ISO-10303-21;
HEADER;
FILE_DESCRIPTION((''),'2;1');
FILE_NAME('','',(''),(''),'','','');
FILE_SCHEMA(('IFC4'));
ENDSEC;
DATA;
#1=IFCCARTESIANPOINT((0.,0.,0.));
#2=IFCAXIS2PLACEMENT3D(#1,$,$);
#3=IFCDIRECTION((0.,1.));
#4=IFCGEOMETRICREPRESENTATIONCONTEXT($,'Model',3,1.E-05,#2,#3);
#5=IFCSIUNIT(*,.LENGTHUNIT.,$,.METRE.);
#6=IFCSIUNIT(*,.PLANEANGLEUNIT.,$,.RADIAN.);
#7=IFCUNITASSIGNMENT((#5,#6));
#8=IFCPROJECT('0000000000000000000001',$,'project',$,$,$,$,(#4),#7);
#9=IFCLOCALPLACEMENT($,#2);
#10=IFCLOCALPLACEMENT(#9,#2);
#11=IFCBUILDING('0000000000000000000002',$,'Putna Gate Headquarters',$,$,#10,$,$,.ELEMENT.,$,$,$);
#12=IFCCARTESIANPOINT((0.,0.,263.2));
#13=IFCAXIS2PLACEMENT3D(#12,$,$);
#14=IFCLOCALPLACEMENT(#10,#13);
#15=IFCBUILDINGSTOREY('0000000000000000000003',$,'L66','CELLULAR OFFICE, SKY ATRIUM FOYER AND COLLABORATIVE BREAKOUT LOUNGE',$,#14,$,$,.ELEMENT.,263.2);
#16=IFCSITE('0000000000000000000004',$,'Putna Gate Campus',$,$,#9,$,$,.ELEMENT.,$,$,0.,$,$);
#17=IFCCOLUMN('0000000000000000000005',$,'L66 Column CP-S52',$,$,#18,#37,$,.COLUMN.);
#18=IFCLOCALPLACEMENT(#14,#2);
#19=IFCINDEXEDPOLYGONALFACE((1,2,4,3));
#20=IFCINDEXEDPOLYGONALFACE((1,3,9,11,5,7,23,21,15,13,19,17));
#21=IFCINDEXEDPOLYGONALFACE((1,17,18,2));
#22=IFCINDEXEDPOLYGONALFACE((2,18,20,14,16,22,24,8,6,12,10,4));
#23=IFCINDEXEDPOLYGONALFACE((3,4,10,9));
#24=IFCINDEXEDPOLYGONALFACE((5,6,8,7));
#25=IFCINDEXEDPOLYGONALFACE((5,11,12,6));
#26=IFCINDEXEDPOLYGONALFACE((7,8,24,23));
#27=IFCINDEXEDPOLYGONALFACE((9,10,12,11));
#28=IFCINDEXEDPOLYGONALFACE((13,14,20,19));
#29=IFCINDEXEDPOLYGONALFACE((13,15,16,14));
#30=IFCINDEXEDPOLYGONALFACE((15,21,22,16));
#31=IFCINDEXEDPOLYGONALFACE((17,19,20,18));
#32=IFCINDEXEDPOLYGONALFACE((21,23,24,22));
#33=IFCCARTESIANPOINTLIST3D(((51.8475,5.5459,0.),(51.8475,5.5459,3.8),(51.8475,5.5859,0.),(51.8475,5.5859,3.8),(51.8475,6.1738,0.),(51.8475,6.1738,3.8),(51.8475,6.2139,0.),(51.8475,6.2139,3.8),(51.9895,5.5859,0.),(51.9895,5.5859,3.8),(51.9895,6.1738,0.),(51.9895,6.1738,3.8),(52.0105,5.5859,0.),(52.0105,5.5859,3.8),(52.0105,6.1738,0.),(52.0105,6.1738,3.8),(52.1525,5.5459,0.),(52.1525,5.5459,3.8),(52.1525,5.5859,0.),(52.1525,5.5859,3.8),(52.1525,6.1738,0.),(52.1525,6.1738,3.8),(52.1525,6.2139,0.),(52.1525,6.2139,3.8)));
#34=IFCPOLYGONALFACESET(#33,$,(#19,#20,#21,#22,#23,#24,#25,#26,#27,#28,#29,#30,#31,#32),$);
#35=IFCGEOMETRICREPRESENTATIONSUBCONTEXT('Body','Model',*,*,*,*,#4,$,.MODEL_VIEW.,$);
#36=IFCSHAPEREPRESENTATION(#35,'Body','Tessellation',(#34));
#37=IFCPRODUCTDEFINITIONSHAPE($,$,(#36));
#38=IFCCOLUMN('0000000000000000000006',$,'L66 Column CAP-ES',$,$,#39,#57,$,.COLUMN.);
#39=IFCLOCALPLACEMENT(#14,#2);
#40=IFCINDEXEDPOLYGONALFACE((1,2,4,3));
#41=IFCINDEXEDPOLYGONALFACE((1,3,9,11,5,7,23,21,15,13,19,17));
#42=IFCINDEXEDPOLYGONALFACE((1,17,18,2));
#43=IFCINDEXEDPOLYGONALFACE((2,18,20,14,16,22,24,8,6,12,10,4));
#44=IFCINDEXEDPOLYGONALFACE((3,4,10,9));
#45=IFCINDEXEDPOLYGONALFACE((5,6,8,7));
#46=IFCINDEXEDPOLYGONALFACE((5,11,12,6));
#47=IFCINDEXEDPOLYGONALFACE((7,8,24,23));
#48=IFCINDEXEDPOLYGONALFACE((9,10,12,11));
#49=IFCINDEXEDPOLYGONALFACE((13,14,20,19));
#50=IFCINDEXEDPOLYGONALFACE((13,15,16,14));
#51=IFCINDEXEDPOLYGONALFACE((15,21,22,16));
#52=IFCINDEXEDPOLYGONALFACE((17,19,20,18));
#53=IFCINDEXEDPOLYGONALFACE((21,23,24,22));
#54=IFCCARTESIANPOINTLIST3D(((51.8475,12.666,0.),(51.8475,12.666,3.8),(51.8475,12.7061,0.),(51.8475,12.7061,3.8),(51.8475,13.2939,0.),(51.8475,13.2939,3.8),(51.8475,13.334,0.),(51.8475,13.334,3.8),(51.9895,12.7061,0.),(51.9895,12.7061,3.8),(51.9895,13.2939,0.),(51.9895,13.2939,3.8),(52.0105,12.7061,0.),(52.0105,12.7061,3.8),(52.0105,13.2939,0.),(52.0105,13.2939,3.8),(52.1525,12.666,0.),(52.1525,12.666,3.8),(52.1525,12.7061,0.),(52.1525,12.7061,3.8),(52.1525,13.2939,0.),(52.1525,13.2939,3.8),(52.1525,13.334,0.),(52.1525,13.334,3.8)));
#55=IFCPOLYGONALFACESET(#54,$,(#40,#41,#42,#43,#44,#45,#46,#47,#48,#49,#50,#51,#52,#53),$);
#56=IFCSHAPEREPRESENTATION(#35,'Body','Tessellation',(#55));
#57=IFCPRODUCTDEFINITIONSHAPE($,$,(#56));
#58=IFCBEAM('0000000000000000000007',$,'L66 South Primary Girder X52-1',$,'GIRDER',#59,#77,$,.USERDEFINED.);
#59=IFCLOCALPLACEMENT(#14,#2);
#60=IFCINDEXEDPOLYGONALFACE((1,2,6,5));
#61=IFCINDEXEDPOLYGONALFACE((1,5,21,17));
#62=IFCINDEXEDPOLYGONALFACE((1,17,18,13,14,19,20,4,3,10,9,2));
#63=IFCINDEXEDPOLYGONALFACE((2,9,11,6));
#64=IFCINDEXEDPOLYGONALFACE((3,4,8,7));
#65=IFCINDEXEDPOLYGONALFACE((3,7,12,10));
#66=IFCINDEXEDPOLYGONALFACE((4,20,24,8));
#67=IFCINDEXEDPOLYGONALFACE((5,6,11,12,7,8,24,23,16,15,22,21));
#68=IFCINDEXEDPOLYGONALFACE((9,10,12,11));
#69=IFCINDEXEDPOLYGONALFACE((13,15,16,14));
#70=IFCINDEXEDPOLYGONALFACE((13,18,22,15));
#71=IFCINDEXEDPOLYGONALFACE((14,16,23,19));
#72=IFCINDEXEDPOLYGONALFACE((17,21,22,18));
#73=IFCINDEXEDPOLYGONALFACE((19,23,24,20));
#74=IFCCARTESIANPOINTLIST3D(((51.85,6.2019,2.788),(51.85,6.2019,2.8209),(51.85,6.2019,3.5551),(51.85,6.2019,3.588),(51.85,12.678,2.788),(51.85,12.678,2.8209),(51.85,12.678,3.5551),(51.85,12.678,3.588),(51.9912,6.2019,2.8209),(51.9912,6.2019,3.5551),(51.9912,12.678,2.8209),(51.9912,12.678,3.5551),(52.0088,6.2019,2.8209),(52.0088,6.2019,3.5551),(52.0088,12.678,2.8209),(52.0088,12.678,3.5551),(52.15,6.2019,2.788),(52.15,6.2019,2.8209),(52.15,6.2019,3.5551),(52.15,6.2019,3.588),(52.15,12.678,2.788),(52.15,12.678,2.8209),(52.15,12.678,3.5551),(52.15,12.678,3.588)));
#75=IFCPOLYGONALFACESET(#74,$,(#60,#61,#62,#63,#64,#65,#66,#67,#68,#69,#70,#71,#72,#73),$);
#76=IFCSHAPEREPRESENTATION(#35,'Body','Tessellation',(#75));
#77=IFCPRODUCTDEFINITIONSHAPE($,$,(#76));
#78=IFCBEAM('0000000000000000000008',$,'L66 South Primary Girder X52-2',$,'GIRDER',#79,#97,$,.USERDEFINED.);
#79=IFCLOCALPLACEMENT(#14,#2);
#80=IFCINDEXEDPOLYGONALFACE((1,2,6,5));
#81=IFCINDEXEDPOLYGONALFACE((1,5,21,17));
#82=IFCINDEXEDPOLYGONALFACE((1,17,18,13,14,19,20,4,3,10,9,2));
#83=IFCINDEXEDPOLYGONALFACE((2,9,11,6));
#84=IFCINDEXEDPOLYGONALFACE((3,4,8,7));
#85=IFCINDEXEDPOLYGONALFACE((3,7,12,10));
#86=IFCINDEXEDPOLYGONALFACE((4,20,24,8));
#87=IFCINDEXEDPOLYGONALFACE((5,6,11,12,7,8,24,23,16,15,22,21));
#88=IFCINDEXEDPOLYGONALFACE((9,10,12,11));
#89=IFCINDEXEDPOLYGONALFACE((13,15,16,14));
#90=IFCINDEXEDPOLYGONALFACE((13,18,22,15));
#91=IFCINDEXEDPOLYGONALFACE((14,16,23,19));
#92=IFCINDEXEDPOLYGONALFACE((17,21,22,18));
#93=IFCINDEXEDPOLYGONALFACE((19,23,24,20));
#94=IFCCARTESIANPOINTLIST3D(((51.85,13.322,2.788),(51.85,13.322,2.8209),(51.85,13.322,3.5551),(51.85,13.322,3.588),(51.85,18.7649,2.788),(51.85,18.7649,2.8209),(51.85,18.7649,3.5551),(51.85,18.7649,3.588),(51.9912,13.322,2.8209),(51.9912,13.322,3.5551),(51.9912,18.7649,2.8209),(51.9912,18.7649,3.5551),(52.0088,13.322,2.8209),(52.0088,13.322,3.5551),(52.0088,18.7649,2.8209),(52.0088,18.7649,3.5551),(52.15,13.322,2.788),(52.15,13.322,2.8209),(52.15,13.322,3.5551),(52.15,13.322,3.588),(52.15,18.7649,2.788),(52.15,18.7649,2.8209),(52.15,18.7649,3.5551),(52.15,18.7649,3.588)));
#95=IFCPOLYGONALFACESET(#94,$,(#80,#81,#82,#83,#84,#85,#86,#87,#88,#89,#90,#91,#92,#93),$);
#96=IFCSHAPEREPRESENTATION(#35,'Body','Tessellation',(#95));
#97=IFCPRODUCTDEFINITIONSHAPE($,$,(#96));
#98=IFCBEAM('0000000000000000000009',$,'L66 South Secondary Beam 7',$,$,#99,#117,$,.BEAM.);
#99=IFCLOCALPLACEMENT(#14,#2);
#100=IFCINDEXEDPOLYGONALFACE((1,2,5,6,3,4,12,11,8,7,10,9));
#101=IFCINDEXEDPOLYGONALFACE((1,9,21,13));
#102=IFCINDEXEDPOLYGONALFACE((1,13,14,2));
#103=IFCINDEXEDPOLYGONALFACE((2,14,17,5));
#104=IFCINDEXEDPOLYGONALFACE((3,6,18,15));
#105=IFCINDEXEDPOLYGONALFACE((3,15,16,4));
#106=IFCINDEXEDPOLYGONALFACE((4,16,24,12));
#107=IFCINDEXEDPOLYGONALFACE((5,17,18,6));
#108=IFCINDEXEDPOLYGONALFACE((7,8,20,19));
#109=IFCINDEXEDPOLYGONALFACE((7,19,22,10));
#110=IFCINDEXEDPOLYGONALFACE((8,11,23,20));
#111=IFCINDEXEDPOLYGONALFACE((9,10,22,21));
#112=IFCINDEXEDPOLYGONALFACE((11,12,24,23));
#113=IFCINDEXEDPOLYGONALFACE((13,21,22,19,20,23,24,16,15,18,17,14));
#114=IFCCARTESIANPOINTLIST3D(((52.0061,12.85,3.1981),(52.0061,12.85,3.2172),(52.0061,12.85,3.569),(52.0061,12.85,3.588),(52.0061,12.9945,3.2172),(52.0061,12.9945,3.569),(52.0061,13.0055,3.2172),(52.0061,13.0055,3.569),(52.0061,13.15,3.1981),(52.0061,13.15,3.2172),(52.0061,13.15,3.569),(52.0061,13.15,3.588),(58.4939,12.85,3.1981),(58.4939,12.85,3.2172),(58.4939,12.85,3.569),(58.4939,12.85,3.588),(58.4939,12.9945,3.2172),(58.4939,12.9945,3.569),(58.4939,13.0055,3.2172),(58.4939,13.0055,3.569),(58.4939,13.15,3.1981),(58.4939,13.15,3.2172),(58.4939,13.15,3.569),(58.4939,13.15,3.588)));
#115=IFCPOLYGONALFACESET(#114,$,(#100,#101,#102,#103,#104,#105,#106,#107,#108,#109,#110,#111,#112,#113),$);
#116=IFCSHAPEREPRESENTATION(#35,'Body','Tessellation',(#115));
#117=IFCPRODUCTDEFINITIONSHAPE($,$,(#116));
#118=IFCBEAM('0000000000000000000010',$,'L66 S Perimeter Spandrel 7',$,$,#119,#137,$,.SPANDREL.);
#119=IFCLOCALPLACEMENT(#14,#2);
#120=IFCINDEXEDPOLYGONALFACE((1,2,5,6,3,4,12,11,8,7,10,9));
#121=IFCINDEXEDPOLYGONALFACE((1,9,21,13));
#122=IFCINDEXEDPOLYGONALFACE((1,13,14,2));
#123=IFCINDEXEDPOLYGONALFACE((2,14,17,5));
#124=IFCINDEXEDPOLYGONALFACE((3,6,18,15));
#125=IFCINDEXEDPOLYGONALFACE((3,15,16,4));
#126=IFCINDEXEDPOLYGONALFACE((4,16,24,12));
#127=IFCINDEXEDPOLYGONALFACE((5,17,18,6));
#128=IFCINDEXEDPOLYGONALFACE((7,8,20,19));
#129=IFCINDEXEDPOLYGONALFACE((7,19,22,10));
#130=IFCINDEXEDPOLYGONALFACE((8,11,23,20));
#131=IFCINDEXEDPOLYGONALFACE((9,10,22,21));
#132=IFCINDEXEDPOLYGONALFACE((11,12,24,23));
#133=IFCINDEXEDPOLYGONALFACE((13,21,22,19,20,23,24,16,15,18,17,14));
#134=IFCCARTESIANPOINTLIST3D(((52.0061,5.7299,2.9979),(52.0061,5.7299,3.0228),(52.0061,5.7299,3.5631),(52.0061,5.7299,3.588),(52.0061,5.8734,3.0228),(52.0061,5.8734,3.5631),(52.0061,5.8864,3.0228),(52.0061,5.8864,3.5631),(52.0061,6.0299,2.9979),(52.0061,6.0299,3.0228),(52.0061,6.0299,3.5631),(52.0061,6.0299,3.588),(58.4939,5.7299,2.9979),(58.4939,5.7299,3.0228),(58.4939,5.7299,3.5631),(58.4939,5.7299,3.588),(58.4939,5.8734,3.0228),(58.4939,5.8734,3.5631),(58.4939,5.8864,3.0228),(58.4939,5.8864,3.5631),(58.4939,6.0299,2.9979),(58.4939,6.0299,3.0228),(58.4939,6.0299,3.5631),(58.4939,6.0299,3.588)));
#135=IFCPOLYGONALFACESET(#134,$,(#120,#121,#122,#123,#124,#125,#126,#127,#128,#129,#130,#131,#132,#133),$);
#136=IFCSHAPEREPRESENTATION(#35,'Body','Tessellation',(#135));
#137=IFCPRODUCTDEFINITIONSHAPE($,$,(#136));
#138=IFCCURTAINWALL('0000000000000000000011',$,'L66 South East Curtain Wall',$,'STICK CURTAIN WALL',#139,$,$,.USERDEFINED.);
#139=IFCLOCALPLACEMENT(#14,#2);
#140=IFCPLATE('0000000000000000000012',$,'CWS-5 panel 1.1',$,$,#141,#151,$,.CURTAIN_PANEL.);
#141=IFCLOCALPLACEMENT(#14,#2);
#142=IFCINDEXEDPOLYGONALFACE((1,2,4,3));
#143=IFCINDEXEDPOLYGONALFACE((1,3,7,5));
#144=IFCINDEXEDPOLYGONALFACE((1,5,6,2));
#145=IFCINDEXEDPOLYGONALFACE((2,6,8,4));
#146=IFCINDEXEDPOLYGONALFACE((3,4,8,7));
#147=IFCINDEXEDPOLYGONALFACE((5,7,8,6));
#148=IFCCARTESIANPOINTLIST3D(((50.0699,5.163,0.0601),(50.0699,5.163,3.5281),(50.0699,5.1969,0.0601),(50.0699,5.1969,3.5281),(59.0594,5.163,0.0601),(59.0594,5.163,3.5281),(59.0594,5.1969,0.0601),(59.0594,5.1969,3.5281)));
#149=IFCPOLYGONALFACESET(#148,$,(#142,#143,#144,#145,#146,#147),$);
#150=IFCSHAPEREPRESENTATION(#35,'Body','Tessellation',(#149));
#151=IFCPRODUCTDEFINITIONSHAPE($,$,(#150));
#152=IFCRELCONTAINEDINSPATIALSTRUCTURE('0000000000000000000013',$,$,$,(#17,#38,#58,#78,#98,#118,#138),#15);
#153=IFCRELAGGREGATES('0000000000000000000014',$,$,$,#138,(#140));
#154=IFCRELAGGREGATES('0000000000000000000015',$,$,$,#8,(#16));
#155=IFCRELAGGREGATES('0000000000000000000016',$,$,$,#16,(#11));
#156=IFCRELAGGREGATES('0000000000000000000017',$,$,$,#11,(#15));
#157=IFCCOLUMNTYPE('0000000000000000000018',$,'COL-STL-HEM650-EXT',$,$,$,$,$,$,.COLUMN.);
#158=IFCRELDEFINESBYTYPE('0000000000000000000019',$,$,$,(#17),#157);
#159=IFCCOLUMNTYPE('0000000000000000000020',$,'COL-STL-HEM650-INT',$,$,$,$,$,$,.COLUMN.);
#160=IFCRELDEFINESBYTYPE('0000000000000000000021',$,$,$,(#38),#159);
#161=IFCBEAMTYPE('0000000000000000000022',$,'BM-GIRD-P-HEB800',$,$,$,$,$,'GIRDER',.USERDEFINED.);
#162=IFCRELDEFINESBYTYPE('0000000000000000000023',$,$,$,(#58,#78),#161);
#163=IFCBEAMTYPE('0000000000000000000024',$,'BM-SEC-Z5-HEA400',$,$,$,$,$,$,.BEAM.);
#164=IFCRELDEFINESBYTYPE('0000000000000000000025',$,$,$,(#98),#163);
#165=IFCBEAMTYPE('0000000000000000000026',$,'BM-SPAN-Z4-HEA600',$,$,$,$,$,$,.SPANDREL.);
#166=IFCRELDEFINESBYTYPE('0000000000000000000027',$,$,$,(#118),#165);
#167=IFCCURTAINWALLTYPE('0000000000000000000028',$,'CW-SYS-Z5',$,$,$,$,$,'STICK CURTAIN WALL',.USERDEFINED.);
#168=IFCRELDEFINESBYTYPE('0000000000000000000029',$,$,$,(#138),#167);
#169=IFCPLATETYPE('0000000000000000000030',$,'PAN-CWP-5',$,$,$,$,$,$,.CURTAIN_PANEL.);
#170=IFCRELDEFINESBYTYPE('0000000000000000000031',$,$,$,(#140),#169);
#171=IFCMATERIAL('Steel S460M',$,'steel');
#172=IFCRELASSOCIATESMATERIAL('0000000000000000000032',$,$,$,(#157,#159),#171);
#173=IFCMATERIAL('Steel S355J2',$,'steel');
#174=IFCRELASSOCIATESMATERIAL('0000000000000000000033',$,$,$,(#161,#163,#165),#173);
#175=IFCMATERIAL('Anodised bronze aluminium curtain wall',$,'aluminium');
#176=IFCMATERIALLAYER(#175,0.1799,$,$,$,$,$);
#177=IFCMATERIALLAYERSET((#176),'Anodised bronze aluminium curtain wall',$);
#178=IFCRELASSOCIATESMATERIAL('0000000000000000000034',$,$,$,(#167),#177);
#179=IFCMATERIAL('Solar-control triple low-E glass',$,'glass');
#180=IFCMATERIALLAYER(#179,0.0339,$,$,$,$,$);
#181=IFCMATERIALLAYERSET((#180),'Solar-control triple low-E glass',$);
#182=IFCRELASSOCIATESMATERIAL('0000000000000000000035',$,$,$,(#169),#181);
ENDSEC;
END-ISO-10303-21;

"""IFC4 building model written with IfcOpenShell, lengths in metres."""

from ifc_helpers import new_model, si_unit, direction, frame, origin, origin_2d, place, context, subcontext, project, spatial, rectangle, i_section, extrude, material, layer, layer_set, material_profile, profile_set, type_object, element, aggregate, save


model = new_model("IFC4")

# Units and contexts
model_context = context("Model", 3, precision=1e-05, world=origin(), true_north=direction((0.0, 1.0)))
body_context = subcontext(model_context, "Body", "Model", "MODEL_VIEW")
ifc_project = project(units=[si_unit("LENGTHUNIT", "METRE"), si_unit("PLANEANGLEUNIT", "RADIAN")], contexts=[model_context])

# Site, building, storey
site_placement = place(None, origin())
site = spatial("IfcSite", under=ifc_project, at=site_placement, Name="Putna Gate Campus", CompositionType="ELEMENT", RefElevation=0.0)
building_placement = place(site_placement, origin())
building = spatial("IfcBuilding", under=site, at=building_placement, Name="Putna Gate Headquarters", CompositionType="ELEMENT")
storey_placement = place(building_placement, frame((0.0, 0.0, 263.2)))
storey = spatial("IfcBuildingStorey", under=building, at=storey_placement, Name="L66", Description="CELLULAR OFFICE, SKY ATRIUM FOYER AND COLLABORATIVE BREAKOUT LOUNGE", CompositionType="ELEMENT", Elevation=263.2)

# Columns
ifc_material_1 = material(Name="Steel S460M", Category="steel")
ifc_material_profile_1 = material_profile(ifc_material_1, i_section(OverallWidth=0.3049, OverallDepth=0.668, WebThickness=0.021, FlangeThickness=0.04, at=origin_2d()), Name="Steel S460M")
ifc_profile_set_1 = profile_set([ifc_material_profile_1], Name="Steel S460M")
column_type_1 = type_object("IfcColumnType", Name="COL-STL-HEM650-EXT", PredefinedType="COLUMN", material=ifc_profile_set_1)
column_1_placement = place(storey_placement, frame((52.0, 5.8799, 0.0), z_axis=(0.0, 0.0, 1.0), x_axis=(1.0, 0.0, 0.0)))
element("IfcColumn", 1, at=column_1_placement, inside=storey, type_object=column_type_1, Name="L66 Column CP-S52", PredefinedType="COLUMN", context=body_context, shape_type="SweptSolid", body=[
    extrude(i_section(OverallWidth=0.3049, OverallDepth=0.668, WebThickness=0.021, FlangeThickness=0.04, at=origin_2d()), origin(), (0.0, 0.0, 1.0), 3.8),
])
ifc_material_profile_2 = material_profile(ifc_material_1, i_section(OverallWidth=0.3049, OverallDepth=0.668, WebThickness=0.021, FlangeThickness=0.04, at=origin_2d()), Name="Steel S460M")
ifc_profile_set_2 = profile_set([ifc_material_profile_2], Name="Steel S460M")
column_type_2 = type_object("IfcColumnType", Name="COL-STL-HEM650-INT", PredefinedType="COLUMN", material=ifc_profile_set_2)
column_2_placement = place(storey_placement, frame((52.0, 13.0, 0.0), z_axis=(0.0, 0.0, 1.0), x_axis=(1.0, 0.0, 0.0)))
element("IfcColumn", 2, at=column_2_placement, inside=storey, type_object=column_type_2, Name="L66 Column CAP-ES", PredefinedType="COLUMN", context=body_context, shape_type="SweptSolid", body=[
    extrude(i_section(OverallWidth=0.3049, OverallDepth=0.668, WebThickness=0.021, FlangeThickness=0.04, at=origin_2d()), origin(), (0.0, 0.0, 1.0), 3.8),
])

# Beams
ifc_material_2 = material(Name="Steel S355J2", Category="steel")
ifc_material_profile_3 = material_profile(ifc_material_2, i_section(OverallWidth=0.3, OverallDepth=0.8, WebThickness=0.0176, FlangeThickness=0.033, at=origin_2d()), Name="Steel S355J2")
ifc_profile_set_3 = profile_set([ifc_material_profile_3], Name="Steel S355J2")
beam_type_1 = type_object("IfcBeamType", Name="BM-GIRD-P-HEB800", ElementType="GIRDER", PredefinedType="USERDEFINED", material=ifc_profile_set_3)
beam_1_placement = place(storey_placement, frame((52.0, 6.2019, 3.188), z_axis=(0.0, 1.0, 0.0), x_axis=(-1.0, 0.0, 0.0)))
element("IfcBeam", 3, at=beam_1_placement, inside=storey, type_object=beam_type_1, Name="L66 South Primary Girder X52-1", ObjectType="GIRDER", PredefinedType="USERDEFINED", context=body_context, shape_type="SweptSolid", body=[
    extrude(i_section(OverallWidth=0.3, OverallDepth=0.8, WebThickness=0.0176, FlangeThickness=0.033, at=origin_2d()), origin(), (0.0, 0.0, 1.0), 6.4761),
])
beam_2_placement = place(storey_placement, frame((52.0, 13.322, 3.188), z_axis=(0.0, 1.0, 0.0), x_axis=(-1.0, 0.0, 0.0)))
element("IfcBeam", 4, at=beam_2_placement, inside=storey, type_object=beam_type_1, Name="L66 South Primary Girder X52-2", ObjectType="GIRDER", PredefinedType="USERDEFINED", context=body_context, shape_type="SweptSolid", body=[
    extrude(i_section(OverallWidth=0.3, OverallDepth=0.8, WebThickness=0.0176, FlangeThickness=0.033, at=origin_2d()), origin(), (0.0, 0.0, 1.0), 5.4429),
])
ifc_material_profile_4 = material_profile(ifc_material_2, i_section(OverallWidth=0.3, OverallDepth=0.3899, WebThickness=0.011, FlangeThickness=0.019, at=origin_2d()), Name="Steel S355J2")
ifc_profile_set_4 = profile_set([ifc_material_profile_4], Name="Steel S355J2")
beam_type_2 = type_object("IfcBeamType", Name="BM-SEC-Z5-HEA400", PredefinedType="BEAM", material=ifc_profile_set_4)
beam_3_placement = place(storey_placement, frame((52.0061, 13.0, 3.3931), z_axis=(1.0, 0.0, 0.0), x_axis=(0.0, 1.0, 0.0)))
element("IfcBeam", 5, at=beam_3_placement, inside=storey, type_object=beam_type_2, Name="L66 South Secondary Beam 7", PredefinedType="BEAM", context=body_context, shape_type="SweptSolid", body=[
    extrude(i_section(OverallWidth=0.3, OverallDepth=0.3899, WebThickness=0.011, FlangeThickness=0.019, at=origin_2d()), origin(), (0.0, 0.0, 1.0), 6.4878),
])
ifc_material_profile_5 = material_profile(ifc_material_2, i_section(OverallWidth=0.3, OverallDepth=0.5901, WebThickness=0.0129, FlangeThickness=0.0249, at=origin_2d()), Name="Steel S355J2")
ifc_profile_set_5 = profile_set([ifc_material_profile_5], Name="Steel S355J2")
beam_type_3 = type_object("IfcBeamType", Name="BM-SPAN-Z4-HEA600", PredefinedType="SPANDREL", material=ifc_profile_set_5)
beam_4_placement = place(storey_placement, frame((52.0061, 5.8799, 3.293), z_axis=(1.0, 0.0, 0.0), x_axis=(0.0, 1.0, 0.0)))
element("IfcBeam", 6, at=beam_4_placement, inside=storey, type_object=beam_type_3, Name="L66 S Perimeter Spandrel 7", PredefinedType="SPANDREL", context=body_context, shape_type="SweptSolid", body=[
    extrude(i_section(OverallWidth=0.3, OverallDepth=0.5901, WebThickness=0.0129, FlangeThickness=0.0249, at=origin_2d()), origin(), (0.0, 0.0, 1.0), 6.4878),
])

# Curtain wall, plate
ifc_material_3 = material(Name="Anodised bronze aluminium curtain wall", Category="aluminium")
ifc_layer_1 = layer(ifc_material_3, 0.1799)
ifc_layer_set_1 = layer_set([ifc_layer_1], Name="Anodised bronze aluminium curtain wall")
curtain_wall_type = type_object("IfcCurtainWallType", Name="CW-SYS-Z5", ElementType="STICK CURTAIN WALL", PredefinedType="USERDEFINED", material=ifc_layer_set_1)
curtain_wall_placement = place(storey_placement, origin())
curtain_wall = element("IfcCurtainWall", 7, at=curtain_wall_placement, inside=storey, type_object=curtain_wall_type, Name="L66 South East Curtain Wall", ObjectType="STICK CURTAIN WALL", PredefinedType="USERDEFINED")
ifc_material_4 = material(Name="Solar-control triple low-E glass", Category="glass")
ifc_layer_2 = layer(ifc_material_4, 0.0339)
ifc_layer_set_2 = layer_set([ifc_layer_2], Name="Solar-control triple low-E glass")
plate_type = type_object("IfcPlateType", Name="PAN-CWP-5", PredefinedType="CURTAIN_PANEL", material=ifc_layer_set_2)
plate_placement = place(storey_placement, frame((54.5647, 5.1799, 0.0601), z_axis=(0.0, 0.0, 1.0), x_axis=(1.0, 0.0, 0.0)))
plate = element("IfcPlate", 8, at=plate_placement, type_object=plate_type, Name="CWS-5 panel 1.1", PredefinedType="CURTAIN_PANEL", context=body_context, shape_type="SweptSolid", body=[
    extrude(rectangle(XDim=8.9895, YDim=0.0339, at=origin_2d()), origin(), (0.0, 0.0, 1.0), 3.468),
])
aggregate(curtain_wall, [plate])

save(model, "model.ifc")
